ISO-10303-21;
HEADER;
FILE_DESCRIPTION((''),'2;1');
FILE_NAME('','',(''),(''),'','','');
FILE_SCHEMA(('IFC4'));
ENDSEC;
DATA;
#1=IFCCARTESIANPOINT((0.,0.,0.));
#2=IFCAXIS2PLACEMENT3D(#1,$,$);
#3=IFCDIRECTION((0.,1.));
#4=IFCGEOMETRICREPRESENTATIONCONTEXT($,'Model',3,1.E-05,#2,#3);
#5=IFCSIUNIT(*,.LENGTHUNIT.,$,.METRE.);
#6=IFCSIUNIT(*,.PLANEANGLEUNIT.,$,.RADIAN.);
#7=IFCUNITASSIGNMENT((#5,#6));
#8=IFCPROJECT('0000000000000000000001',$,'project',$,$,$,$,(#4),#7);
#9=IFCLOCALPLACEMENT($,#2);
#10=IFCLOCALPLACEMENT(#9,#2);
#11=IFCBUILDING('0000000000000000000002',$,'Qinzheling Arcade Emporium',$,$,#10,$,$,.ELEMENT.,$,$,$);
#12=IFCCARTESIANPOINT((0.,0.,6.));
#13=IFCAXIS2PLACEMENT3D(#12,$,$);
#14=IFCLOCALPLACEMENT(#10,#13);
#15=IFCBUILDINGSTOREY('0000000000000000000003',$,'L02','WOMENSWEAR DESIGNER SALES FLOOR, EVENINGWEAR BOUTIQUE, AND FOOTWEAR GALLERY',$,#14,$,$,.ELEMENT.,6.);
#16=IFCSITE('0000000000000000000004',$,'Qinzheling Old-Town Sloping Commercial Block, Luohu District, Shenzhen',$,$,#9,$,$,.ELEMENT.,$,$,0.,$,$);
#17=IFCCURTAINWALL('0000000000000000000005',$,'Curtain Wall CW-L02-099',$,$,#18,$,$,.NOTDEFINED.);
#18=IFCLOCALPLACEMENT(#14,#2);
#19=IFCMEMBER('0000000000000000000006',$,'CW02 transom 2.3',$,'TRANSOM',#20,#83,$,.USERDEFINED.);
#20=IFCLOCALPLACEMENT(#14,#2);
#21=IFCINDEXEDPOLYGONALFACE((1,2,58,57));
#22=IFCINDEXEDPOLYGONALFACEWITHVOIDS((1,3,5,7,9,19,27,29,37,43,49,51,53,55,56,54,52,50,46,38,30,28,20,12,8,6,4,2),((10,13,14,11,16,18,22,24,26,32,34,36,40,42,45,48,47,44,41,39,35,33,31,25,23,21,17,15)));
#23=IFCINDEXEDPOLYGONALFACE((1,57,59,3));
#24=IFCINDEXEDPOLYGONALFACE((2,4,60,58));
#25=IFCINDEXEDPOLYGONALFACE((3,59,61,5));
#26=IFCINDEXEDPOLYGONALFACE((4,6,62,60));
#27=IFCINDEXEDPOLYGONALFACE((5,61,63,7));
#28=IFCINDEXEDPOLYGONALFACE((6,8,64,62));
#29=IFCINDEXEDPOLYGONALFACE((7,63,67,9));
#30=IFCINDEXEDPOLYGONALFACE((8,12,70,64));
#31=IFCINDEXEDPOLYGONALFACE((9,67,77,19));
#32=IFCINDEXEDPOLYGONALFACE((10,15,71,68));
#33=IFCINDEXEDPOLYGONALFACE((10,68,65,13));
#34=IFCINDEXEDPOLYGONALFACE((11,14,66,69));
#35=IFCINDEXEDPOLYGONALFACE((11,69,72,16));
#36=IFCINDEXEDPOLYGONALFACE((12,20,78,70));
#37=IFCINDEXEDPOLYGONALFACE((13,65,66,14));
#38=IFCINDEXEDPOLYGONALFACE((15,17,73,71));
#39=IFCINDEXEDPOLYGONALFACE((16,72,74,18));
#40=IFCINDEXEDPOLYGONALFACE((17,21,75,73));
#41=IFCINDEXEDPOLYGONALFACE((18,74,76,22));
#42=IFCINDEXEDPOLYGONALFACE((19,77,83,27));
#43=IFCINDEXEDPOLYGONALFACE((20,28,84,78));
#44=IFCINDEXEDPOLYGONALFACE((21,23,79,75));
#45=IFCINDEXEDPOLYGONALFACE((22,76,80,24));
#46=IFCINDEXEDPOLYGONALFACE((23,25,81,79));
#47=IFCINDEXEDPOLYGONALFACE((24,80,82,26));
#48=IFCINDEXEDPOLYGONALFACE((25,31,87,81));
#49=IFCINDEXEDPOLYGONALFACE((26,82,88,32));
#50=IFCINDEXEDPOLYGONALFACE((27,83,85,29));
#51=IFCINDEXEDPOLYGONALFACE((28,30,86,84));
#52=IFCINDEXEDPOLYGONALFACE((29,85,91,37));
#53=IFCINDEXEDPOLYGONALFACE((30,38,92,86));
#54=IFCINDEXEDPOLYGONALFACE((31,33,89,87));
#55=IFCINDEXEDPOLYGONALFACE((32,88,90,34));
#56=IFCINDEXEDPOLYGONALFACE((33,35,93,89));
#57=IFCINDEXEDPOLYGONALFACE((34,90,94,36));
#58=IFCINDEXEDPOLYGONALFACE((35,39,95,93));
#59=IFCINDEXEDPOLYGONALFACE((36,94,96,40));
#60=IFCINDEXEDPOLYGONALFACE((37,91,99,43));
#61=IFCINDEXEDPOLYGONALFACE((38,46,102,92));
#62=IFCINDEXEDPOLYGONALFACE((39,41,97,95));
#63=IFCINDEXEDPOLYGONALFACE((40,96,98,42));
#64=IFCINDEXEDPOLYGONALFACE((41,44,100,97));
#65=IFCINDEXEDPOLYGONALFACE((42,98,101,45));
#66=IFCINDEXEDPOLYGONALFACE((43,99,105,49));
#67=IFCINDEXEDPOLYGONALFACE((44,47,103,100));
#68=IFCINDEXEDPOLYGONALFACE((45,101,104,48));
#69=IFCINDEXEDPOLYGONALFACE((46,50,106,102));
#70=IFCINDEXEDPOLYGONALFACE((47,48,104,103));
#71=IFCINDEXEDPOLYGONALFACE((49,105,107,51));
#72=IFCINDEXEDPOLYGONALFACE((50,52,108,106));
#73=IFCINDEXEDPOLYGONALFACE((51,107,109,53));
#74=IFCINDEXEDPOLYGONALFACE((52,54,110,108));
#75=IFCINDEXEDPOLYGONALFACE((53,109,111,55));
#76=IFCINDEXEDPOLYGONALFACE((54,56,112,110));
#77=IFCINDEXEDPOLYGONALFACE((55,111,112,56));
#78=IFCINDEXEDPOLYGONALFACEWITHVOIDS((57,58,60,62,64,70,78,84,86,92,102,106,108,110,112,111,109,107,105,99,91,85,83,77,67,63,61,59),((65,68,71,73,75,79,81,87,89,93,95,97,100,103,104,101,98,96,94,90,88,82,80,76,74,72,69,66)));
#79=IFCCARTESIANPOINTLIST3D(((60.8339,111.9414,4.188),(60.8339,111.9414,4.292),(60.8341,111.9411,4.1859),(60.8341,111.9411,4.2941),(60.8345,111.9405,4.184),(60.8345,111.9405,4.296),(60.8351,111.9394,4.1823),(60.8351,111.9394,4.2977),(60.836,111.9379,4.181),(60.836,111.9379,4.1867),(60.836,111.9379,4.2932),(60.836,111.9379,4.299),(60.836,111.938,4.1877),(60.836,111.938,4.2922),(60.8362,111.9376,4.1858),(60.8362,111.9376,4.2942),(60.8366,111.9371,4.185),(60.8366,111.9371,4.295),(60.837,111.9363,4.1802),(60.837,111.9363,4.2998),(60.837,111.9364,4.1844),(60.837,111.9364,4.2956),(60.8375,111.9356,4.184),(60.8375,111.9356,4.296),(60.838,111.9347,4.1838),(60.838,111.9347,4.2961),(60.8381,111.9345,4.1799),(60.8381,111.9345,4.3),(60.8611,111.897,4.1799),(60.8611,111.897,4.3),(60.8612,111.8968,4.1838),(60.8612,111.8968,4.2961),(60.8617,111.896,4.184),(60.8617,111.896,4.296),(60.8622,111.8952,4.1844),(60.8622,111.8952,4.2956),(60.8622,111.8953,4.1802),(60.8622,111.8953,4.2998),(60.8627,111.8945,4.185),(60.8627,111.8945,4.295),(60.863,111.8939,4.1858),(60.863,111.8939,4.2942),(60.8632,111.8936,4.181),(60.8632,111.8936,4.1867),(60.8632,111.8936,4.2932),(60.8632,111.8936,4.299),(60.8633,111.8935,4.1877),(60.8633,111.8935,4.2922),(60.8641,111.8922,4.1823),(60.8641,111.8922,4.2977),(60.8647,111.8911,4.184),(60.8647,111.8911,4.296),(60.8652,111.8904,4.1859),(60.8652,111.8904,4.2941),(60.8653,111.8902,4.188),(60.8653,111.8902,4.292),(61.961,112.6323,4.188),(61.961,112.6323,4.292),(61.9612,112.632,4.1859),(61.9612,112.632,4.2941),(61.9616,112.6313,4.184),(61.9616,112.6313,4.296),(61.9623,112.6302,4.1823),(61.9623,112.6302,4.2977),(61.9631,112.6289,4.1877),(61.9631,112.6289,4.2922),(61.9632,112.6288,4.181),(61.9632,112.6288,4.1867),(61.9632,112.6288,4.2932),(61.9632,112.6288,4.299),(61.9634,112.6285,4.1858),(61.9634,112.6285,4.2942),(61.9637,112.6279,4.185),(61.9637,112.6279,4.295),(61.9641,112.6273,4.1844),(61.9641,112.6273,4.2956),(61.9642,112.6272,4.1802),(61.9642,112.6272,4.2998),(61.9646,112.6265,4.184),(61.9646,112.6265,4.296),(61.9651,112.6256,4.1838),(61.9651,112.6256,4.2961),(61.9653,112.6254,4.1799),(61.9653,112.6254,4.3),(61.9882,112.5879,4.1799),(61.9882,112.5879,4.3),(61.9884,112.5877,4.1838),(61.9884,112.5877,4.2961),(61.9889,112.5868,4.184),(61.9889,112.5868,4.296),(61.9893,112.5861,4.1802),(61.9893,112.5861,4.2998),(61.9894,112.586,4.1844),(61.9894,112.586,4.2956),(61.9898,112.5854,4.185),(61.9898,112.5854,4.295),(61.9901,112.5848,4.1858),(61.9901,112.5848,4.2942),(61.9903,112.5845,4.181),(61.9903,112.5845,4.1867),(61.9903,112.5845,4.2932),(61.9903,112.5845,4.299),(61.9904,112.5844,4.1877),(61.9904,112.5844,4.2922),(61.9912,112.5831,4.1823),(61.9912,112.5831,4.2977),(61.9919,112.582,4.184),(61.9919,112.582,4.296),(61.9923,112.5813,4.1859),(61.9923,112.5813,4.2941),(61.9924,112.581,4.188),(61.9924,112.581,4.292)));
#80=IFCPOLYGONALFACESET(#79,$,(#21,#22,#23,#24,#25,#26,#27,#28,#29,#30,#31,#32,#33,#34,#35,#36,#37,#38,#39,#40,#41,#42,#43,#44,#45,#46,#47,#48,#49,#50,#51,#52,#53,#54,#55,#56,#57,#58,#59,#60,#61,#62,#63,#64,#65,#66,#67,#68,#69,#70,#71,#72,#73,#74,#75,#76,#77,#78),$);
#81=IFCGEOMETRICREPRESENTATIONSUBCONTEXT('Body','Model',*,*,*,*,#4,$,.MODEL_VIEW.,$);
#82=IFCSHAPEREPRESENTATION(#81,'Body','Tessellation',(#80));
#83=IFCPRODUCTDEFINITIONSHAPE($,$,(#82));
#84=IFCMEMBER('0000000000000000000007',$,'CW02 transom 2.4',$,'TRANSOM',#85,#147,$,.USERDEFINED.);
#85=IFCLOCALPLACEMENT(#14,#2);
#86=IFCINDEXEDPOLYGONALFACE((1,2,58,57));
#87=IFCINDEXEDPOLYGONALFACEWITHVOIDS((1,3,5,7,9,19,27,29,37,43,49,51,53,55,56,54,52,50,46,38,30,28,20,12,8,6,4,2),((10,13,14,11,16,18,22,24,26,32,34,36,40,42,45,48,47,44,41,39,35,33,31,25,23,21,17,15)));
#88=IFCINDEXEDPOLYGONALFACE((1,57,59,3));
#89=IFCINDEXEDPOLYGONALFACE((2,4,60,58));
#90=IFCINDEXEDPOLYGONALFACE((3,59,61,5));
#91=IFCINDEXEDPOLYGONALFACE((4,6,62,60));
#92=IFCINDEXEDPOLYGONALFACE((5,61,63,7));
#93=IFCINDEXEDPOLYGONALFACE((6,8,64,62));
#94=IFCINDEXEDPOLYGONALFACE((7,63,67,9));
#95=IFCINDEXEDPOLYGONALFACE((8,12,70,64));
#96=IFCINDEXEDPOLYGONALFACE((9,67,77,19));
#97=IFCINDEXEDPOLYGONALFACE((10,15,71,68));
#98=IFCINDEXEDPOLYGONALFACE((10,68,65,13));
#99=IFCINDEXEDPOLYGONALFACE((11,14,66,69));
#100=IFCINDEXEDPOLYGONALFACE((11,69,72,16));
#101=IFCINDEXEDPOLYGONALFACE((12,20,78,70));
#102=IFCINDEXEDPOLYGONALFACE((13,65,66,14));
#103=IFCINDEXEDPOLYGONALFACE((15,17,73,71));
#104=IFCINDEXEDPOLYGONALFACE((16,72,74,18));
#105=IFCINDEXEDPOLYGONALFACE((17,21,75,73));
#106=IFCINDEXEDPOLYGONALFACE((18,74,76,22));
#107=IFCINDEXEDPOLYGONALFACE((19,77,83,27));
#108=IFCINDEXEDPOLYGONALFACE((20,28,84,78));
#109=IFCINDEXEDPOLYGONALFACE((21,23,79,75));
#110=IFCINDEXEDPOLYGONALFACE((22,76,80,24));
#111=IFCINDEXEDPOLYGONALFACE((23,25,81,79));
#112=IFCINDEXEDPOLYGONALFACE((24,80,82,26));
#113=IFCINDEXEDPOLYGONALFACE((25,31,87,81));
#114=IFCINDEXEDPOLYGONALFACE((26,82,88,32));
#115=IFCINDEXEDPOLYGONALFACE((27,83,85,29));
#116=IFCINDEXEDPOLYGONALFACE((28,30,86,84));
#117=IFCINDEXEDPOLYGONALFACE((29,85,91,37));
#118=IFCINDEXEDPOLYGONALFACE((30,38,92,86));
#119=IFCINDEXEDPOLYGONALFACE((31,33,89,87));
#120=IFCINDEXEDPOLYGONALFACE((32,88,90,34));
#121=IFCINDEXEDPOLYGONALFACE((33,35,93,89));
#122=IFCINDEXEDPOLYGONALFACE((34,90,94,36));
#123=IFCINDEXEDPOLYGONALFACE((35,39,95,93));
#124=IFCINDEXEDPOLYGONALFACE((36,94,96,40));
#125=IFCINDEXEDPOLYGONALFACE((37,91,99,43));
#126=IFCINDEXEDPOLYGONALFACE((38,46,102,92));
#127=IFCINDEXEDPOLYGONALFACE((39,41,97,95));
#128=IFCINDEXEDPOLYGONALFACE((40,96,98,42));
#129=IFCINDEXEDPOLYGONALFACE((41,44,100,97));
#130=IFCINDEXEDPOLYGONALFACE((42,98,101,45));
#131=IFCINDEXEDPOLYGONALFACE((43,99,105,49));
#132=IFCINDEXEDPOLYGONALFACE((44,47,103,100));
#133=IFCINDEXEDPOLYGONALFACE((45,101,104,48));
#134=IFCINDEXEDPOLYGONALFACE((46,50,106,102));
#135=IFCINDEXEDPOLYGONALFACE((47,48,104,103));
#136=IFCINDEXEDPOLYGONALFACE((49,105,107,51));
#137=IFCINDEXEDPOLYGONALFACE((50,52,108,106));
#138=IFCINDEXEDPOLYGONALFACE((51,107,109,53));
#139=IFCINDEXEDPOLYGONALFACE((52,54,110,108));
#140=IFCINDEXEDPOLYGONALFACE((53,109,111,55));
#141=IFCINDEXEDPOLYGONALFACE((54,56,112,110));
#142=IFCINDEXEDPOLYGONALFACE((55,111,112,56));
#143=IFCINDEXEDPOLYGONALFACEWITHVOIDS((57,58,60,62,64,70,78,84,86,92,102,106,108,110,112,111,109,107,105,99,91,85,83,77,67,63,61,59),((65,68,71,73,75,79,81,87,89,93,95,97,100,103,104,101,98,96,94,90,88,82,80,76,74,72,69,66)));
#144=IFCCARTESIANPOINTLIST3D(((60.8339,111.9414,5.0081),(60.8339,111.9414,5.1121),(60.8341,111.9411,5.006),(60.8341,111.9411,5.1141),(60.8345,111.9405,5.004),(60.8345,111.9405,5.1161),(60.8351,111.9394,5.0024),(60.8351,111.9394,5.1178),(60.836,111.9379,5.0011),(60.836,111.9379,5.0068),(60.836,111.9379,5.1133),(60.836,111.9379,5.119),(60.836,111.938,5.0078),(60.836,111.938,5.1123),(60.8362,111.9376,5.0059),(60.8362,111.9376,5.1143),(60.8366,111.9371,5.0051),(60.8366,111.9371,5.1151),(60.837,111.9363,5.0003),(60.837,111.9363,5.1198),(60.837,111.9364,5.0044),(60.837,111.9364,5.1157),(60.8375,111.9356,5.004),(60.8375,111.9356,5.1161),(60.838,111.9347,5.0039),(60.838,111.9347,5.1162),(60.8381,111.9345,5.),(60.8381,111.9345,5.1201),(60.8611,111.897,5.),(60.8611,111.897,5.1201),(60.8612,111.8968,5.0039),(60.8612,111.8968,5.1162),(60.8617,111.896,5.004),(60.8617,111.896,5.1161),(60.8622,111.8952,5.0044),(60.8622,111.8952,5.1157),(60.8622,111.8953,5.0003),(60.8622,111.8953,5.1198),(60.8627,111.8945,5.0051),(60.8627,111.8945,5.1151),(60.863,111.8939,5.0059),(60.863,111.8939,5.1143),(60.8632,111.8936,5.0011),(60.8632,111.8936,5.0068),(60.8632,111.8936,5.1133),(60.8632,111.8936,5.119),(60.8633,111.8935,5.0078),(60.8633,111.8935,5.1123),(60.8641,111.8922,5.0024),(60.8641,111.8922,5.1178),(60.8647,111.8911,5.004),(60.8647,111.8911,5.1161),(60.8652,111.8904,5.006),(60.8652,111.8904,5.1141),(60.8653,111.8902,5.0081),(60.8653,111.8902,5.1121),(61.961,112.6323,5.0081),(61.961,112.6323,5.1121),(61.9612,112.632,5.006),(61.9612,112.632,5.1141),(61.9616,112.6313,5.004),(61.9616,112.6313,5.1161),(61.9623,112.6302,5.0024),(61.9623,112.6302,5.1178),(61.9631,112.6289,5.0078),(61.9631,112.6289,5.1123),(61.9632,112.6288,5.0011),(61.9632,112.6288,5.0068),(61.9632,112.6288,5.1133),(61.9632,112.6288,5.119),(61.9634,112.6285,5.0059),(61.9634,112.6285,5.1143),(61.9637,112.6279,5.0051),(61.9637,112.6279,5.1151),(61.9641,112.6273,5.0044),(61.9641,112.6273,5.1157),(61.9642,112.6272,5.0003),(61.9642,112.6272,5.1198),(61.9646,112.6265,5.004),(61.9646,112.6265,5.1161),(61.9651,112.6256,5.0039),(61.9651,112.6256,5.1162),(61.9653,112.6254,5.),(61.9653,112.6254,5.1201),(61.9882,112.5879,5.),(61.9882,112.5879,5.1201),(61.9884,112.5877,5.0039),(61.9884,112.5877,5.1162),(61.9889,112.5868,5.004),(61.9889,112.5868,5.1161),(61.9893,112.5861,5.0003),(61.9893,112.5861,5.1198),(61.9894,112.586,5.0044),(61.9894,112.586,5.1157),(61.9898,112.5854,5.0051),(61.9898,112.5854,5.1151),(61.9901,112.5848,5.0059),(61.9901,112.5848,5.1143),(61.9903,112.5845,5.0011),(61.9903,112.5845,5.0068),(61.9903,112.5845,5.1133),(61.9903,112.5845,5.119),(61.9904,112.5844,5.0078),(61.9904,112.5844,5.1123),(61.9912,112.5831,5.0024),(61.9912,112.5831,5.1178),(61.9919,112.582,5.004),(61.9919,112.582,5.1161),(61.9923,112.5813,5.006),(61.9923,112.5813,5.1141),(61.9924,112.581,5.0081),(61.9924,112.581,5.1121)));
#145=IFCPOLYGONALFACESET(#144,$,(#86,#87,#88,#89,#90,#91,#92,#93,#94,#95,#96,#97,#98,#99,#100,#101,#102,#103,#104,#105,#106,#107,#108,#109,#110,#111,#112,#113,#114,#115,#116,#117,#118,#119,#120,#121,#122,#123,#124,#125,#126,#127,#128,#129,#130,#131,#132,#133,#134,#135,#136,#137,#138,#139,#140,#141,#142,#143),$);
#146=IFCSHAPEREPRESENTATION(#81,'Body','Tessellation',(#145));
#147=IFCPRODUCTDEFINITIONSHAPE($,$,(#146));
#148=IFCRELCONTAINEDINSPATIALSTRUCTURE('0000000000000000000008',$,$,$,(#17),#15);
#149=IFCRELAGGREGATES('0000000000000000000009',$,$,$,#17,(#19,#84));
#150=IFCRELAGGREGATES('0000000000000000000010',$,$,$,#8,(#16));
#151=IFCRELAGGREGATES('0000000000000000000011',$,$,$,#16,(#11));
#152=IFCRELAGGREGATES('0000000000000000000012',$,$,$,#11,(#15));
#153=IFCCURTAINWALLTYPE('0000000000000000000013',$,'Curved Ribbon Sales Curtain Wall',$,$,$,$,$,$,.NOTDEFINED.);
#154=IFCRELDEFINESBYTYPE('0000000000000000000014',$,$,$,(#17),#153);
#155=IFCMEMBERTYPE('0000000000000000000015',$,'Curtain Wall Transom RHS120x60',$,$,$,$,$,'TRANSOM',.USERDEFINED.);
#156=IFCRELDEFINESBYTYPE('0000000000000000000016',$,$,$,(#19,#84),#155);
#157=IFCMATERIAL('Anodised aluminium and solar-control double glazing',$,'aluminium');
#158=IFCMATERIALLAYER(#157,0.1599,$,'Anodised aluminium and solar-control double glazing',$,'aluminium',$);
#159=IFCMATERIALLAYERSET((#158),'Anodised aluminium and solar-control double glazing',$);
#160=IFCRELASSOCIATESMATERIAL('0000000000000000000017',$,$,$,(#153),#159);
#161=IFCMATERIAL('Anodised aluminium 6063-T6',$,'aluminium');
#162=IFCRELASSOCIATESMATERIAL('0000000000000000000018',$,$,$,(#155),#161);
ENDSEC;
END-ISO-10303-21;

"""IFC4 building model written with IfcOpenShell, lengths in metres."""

from ifc_helpers import new_model, si_unit, direction, frame, origin, origin_2d, place, context, subcontext, project, spatial, hollow_rectangle, extrude, material, layer, layer_set, material_profile, profile_set, type_object, element, aggregate, save


model = new_model("IFC4")

# Units and contexts
model_context = context("Model", 3, precision=1e-05, world=origin(), true_north=direction((0.0, 1.0)))
body_context = subcontext(model_context, "Body", "Model", "MODEL_VIEW")
ifc_project = project(units=[si_unit("LENGTHUNIT", "METRE"), si_unit("PLANEANGLEUNIT", "RADIAN")], contexts=[model_context])

# Site, building, storey
site_placement = place(None, origin())
site = spatial("IfcSite", under=ifc_project, at=site_placement, Name="Qinzheling Old-Town Sloping Commercial Block, Luohu District, Shenzhen", CompositionType="ELEMENT", RefElevation=0.0)
building_placement = place(site_placement, origin())
building = spatial("IfcBuilding", under=site, at=building_placement, Name="Qinzheling Arcade Emporium", CompositionType="ELEMENT")
storey_placement = place(building_placement, frame((0.0, 0.0, 6.0)))
storey = spatial("IfcBuildingStorey", under=building, at=storey_placement, Name="L02", Description="WOMENSWEAR DESIGNER SALES FLOOR, EVENINGWEAR BOUTIQUE, AND FOOTWEAR GALLERY", CompositionType="ELEMENT", Elevation=6.0)

# Curtain wall
ifc_material_1 = material(Name="Anodised aluminium and solar-control double glazing", Category="aluminium")
ifc_layer_1 = layer(ifc_material_1, 0.1599, Name="Anodised aluminium and solar-control double glazing", Category="aluminium")
ifc_layer_set_1 = layer_set([ifc_layer_1], Name="Anodised aluminium and solar-control double glazing")
curtain_wall_type = type_object("IfcCurtainWallType", Name="Curved Ribbon Sales Curtain Wall", PredefinedType="NOTDEFINED", material=ifc_layer_set_1)
curtain_wall_1_placement = place(storey_placement, origin())
curtain_wall_1 = element("IfcCurtainWall", 1, at=curtain_wall_1_placement, inside=storey, type_object=curtain_wall_type, Name="Curtain Wall CW-L02-099", PredefinedType="NOTDEFINED")
ifc_material_2 = material(Name="Anodised aluminium 6063-T6", Category="aluminium")

# Members
ifc_material_profile_1 = material_profile(ifc_material_2, hollow_rectangle(XDim=0.0601, YDim=0.1201, WallThickness=0.0039, InnerFilletRadius=0.0039, OuterFilletRadius=0.0081, at=origin_2d()), Name="RHS 120x60x4", Category="aluminium")
ifc_profile_set_1 = profile_set([ifc_material_profile_1], Name="Anodised aluminium 6063-T6")
member_type_1 = type_object("IfcMemberType", Name="Curtain Wall Transom RHS120x60", ElementType="TRANSOM", PredefinedType="USERDEFINED", material=ifc_profile_set_1)
member_1_placement = place(storey_placement, frame((60.8496, 111.9158, 4.24), z_axis=(0.852583, 0.522592, 0.0), x_axis=(-0.522592, 0.852583, 0.0)))
member_1 = element("IfcMember", 2, at=member_1_placement, type_object=member_type_1, Name="CW02 transom 2.3", ObjectType="TRANSOM", PredefinedType="USERDEFINED", context=body_context, shape_type="SweptSolid", body=[
    extrude(hollow_rectangle(XDim=0.0601, YDim=0.1201, WallThickness=0.0039, InnerFilletRadius=0.0039, OuterFilletRadius=0.0081, at=origin_2d()), origin(), (0.0, 0.0, 1.0), 1.322),
])
member_2_placement = place(storey_placement, frame((60.8496, 111.9158, 5.0601), z_axis=(0.852583, 0.522592, 0.0), x_axis=(-0.522592, 0.852583, 0.0)))
member_2 = element("IfcMember", 3, at=member_2_placement, type_object=member_type_1, Name="CW02 transom 2.4", ObjectType="TRANSOM", PredefinedType="USERDEFINED", context=body_context, shape_type="SweptSolid", body=[
    extrude(hollow_rectangle(XDim=0.0601, YDim=0.1201, WallThickness=0.0039, InnerFilletRadius=0.0039, OuterFilletRadius=0.0081, at=origin_2d()), origin(), (0.0, 0.0, 1.0), 1.322),
])

aggregate(curtain_wall_1, [member_1, member_2])

save(model, "model.ifc")
